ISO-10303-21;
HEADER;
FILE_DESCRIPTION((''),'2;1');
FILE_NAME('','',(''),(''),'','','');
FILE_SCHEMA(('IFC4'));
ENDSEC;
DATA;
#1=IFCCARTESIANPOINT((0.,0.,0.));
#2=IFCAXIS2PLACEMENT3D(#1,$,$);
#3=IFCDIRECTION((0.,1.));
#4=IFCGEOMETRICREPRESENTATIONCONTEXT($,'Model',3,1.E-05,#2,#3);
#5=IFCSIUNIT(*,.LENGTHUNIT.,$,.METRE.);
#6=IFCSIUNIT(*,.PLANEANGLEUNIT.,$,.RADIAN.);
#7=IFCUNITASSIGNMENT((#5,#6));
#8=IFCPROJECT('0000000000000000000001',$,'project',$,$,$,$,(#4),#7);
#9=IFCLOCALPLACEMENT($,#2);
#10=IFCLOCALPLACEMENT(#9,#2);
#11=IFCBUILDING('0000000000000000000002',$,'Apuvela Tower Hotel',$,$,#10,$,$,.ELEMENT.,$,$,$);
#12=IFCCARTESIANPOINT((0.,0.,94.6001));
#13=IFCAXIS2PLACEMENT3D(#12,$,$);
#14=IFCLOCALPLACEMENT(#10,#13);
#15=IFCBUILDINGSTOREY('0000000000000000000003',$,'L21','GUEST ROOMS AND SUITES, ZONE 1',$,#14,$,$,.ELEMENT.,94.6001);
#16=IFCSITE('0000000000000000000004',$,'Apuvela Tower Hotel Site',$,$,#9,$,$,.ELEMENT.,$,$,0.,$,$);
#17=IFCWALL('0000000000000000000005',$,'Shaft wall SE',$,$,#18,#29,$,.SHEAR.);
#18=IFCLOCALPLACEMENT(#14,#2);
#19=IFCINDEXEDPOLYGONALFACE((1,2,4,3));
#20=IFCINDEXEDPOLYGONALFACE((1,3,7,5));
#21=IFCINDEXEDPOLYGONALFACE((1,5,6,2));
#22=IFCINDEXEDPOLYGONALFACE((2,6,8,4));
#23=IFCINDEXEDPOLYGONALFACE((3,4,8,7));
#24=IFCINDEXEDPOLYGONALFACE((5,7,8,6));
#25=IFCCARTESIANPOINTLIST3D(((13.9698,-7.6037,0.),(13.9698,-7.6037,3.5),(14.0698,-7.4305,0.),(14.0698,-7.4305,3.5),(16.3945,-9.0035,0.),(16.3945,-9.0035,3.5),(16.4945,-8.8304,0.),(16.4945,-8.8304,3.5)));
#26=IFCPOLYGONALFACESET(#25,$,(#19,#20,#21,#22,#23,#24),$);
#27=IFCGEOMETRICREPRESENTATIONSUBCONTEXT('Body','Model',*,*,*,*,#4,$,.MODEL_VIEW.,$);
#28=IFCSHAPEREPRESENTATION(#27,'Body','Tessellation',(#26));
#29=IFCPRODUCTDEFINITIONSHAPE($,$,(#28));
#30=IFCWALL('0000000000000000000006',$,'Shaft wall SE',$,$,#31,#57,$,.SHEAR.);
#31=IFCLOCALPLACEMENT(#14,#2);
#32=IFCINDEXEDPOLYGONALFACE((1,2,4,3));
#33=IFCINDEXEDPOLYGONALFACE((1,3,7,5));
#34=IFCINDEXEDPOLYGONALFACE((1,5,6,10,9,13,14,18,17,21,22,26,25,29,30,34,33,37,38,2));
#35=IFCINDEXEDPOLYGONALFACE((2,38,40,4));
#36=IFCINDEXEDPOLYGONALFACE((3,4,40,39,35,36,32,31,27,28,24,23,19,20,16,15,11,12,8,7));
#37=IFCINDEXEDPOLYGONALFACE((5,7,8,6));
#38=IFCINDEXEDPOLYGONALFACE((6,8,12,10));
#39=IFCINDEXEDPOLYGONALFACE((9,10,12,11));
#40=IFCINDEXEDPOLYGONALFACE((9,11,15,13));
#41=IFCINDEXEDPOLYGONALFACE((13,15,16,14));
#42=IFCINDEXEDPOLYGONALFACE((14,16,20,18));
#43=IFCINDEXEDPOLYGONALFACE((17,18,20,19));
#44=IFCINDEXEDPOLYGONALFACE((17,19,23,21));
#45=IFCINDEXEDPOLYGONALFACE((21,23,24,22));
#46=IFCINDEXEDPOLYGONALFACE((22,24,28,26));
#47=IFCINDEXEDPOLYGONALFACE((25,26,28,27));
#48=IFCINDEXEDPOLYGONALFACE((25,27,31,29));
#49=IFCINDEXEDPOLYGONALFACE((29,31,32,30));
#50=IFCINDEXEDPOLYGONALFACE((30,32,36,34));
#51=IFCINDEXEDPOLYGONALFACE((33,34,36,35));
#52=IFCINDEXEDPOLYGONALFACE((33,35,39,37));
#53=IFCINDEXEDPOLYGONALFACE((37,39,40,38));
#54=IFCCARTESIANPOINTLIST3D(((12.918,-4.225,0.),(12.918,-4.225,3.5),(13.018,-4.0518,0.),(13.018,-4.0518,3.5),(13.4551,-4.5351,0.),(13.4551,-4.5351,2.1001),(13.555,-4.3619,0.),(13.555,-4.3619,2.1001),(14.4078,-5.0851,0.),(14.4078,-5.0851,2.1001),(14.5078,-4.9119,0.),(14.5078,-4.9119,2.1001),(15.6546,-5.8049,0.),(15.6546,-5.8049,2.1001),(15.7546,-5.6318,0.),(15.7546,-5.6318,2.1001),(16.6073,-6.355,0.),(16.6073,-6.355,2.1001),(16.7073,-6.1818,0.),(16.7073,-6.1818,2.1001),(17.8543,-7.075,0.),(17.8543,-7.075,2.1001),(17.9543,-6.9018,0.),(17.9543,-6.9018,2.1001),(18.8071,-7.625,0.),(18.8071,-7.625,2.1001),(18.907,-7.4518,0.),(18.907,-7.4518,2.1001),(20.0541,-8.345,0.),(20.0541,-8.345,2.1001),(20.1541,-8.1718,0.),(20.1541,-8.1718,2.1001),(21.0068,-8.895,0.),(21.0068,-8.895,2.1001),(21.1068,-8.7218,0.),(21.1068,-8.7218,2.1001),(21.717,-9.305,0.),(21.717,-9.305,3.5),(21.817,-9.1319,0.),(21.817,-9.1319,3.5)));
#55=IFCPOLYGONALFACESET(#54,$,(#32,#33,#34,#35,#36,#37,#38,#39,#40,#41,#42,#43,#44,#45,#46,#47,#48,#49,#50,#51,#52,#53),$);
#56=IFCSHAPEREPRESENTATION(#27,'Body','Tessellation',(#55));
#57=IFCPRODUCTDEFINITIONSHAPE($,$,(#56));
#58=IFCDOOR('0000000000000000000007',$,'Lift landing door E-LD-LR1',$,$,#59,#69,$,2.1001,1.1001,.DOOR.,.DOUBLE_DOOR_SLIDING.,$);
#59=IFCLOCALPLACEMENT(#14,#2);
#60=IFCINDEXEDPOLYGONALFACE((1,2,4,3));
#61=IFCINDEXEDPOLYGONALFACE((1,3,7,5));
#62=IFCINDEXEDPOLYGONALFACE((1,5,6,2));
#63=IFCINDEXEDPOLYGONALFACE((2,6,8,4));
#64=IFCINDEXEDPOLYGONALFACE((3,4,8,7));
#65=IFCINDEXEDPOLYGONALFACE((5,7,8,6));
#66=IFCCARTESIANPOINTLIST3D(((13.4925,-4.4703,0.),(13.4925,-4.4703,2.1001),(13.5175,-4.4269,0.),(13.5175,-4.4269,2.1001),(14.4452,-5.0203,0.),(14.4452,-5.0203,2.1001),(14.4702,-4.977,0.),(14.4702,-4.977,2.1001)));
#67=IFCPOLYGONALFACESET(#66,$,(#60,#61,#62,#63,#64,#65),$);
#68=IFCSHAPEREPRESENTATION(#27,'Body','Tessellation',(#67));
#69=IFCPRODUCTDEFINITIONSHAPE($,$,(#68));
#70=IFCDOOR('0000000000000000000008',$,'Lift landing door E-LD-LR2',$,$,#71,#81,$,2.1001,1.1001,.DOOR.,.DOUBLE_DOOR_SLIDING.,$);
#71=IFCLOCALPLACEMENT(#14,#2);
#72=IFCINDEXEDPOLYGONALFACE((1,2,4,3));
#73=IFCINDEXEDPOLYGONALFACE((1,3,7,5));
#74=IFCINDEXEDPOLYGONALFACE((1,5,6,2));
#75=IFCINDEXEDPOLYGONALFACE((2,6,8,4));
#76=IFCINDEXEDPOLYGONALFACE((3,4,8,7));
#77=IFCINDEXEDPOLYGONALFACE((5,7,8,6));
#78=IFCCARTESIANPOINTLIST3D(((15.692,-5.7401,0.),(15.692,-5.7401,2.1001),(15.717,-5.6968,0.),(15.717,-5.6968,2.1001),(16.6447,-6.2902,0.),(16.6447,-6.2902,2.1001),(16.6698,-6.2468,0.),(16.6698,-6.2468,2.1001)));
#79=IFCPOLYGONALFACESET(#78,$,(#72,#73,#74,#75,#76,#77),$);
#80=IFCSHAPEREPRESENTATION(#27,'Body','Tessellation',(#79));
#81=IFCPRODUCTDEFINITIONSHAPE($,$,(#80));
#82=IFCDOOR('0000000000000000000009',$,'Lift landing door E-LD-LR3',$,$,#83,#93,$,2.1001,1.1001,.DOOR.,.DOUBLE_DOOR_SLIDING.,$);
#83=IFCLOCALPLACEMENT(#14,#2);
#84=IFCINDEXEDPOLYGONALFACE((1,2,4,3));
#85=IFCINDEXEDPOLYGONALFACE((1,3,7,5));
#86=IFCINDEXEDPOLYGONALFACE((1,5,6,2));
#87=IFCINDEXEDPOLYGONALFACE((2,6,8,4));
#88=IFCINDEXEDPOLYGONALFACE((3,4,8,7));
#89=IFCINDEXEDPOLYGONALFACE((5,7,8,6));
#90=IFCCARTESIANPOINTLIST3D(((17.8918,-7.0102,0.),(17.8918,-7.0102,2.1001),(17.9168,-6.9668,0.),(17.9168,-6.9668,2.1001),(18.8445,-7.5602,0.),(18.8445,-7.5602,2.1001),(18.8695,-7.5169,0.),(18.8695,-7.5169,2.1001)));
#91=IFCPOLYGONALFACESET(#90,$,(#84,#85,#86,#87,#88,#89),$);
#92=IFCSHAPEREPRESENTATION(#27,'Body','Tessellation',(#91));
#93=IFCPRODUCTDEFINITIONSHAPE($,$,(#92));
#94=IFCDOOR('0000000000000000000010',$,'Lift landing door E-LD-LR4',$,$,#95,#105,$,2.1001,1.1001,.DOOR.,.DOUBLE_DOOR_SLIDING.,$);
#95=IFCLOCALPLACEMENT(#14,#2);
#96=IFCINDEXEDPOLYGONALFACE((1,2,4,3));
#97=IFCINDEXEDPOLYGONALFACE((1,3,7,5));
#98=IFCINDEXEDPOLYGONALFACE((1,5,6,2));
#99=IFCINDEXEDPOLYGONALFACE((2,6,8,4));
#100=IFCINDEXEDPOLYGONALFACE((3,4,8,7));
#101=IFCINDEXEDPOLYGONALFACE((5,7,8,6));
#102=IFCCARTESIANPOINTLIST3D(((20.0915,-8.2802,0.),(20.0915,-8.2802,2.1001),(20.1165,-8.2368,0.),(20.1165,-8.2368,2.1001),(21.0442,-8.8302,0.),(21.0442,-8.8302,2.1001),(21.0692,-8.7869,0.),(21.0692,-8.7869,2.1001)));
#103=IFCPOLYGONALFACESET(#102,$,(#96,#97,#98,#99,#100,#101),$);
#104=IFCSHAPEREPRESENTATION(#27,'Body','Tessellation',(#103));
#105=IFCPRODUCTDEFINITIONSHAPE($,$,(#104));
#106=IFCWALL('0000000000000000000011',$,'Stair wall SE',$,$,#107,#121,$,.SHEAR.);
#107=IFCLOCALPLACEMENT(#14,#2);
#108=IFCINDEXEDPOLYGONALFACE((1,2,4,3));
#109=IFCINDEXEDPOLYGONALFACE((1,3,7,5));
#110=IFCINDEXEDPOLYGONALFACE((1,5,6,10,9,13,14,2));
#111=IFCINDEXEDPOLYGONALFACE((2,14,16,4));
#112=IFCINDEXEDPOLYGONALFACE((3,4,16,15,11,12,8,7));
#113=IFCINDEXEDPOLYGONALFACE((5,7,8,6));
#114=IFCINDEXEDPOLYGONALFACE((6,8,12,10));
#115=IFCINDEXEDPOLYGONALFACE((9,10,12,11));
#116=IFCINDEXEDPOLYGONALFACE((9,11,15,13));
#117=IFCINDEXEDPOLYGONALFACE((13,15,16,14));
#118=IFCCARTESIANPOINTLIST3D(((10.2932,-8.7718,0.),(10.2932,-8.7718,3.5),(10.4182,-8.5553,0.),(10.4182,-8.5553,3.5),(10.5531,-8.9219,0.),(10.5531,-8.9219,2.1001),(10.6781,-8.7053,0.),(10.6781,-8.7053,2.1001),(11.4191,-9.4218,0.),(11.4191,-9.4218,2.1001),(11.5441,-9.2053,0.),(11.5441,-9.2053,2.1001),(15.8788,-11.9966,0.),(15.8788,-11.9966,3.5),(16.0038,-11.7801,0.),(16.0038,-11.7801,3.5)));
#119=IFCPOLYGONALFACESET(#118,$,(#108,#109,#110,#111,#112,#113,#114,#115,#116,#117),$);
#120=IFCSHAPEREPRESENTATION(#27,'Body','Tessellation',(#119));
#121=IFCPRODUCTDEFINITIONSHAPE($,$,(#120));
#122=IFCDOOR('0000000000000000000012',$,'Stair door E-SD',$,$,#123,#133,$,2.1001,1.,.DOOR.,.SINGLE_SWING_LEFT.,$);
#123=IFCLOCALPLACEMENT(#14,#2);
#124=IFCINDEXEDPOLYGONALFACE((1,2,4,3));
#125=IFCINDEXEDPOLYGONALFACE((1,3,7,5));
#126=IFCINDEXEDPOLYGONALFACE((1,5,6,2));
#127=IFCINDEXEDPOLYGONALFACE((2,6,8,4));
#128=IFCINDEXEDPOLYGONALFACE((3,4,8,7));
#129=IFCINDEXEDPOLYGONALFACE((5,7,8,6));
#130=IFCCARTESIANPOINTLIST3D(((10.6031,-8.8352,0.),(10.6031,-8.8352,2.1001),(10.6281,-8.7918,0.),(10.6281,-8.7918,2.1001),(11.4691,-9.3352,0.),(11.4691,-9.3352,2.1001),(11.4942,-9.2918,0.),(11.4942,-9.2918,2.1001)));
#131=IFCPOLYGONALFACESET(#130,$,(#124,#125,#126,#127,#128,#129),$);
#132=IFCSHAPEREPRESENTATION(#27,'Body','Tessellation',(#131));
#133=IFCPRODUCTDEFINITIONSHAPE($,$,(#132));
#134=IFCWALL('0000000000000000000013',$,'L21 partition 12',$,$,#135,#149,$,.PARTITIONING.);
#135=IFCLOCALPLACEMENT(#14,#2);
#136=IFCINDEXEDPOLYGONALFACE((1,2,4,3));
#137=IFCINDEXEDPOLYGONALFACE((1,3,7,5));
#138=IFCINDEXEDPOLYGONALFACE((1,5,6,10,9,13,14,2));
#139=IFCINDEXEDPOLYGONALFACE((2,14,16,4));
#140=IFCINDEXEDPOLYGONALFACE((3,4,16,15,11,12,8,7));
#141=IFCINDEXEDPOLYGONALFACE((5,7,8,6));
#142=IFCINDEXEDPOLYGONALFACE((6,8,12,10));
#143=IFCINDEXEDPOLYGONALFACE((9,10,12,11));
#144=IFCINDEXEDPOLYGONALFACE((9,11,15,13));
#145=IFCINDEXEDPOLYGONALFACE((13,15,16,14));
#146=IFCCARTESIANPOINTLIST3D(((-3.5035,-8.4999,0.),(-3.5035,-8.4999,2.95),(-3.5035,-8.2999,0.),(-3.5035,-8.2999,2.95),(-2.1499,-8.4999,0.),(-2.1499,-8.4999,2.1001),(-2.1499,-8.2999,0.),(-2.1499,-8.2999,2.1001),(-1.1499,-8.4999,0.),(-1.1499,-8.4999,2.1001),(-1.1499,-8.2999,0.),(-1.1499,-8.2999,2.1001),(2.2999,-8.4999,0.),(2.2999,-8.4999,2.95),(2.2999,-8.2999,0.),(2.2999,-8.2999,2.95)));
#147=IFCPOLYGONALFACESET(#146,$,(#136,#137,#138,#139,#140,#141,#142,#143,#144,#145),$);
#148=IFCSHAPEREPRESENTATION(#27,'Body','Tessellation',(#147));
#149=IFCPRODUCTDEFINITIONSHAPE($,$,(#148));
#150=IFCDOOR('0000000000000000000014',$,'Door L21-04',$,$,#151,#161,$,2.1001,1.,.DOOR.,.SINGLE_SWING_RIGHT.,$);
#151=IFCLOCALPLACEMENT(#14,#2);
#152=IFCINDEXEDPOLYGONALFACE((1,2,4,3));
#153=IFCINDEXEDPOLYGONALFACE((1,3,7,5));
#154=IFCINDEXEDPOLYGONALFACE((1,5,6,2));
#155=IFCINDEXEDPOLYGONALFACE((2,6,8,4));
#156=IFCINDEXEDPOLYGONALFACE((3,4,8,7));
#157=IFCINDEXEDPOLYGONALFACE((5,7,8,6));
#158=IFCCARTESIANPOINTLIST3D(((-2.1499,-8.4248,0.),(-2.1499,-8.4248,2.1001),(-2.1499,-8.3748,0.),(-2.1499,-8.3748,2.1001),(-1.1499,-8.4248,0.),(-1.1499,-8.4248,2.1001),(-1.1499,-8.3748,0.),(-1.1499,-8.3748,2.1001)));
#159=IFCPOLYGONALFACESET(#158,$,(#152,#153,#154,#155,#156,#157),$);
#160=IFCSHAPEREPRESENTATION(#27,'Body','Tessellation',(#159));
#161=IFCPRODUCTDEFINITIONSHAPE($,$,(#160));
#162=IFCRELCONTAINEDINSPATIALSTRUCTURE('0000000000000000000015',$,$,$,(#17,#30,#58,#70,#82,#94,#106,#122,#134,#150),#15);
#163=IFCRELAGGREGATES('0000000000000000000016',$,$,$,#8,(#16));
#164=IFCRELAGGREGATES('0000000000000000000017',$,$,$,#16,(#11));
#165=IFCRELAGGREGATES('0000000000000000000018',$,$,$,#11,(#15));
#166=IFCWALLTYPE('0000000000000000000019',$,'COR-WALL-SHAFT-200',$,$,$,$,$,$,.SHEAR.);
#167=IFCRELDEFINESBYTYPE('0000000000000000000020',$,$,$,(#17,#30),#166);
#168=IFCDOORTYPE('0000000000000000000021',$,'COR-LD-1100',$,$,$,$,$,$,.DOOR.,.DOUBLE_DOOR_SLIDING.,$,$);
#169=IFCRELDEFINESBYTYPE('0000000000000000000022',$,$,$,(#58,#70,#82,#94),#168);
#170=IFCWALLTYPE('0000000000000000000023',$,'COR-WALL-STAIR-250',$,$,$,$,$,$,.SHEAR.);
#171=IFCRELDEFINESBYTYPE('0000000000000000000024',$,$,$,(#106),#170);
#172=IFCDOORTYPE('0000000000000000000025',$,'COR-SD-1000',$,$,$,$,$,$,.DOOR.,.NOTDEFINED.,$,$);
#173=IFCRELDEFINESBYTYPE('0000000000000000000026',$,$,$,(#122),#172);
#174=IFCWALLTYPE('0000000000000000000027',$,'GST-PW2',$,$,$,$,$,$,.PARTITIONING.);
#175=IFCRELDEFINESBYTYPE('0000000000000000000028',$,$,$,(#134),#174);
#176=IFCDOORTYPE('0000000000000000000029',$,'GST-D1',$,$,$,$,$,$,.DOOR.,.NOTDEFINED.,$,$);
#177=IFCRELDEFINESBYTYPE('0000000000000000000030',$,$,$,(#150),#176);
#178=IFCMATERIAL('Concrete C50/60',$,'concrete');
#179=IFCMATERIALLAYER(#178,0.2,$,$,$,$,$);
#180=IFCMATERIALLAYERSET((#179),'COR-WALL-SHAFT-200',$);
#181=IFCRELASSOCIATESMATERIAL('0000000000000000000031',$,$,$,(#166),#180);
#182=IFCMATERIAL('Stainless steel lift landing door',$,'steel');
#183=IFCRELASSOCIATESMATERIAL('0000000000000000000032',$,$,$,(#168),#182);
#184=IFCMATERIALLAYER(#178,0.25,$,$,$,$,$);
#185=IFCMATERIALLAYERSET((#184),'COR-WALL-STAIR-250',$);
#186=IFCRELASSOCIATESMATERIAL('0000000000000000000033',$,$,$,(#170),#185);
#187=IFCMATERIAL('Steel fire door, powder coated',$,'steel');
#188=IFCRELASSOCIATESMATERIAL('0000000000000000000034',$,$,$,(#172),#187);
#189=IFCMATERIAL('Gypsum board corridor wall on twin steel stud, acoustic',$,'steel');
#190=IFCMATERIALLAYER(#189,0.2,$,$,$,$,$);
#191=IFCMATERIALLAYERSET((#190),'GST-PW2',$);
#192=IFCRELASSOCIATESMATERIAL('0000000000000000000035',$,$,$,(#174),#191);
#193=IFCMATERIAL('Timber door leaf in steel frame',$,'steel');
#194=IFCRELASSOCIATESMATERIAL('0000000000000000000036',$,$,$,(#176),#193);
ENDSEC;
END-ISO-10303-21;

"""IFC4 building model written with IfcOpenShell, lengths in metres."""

from ifc_helpers import new_model, si_unit, direction, frame, frame_2d, origin, place, context, subcontext, project, spatial, rectangle, extrude, material, layer, layer_set, type_object, element, fill, save


model = new_model("IFC4")

# Units and contexts
model_context = context("Model", 3, precision=1e-05, world=origin(), true_north=direction((0.0, 1.0)))
body_context = subcontext(model_context, "Body", "Model", "MODEL_VIEW")
ifc_project = project(units=[si_unit("LENGTHUNIT", "METRE"), si_unit("PLANEANGLEUNIT", "RADIAN")], contexts=[model_context])

# Site, building, storey
site_placement = place(None, origin())
site = spatial("IfcSite", under=ifc_project, at=site_placement, Name="Apuvela Tower Hotel Site", CompositionType="ELEMENT", RefElevation=0.0)
building_placement = place(site_placement, origin())
building = spatial("IfcBuilding", under=site, at=building_placement, Name="Apuvela Tower Hotel", CompositionType="ELEMENT")
storey_placement = place(building_placement, frame((0.0, 0.0, 94.6001)))
storey = spatial("IfcBuildingStorey", under=building, at=storey_placement, Name="L21", Description="GUEST ROOMS AND SUITES, ZONE 1", CompositionType="ELEMENT", Elevation=94.6001)

# Shared definitions
ifc_material_1 = material(Name="Concrete C50/60", Category="concrete")
ifc_material_2 = material(Name="Steel fire door, powder coated", Category="steel")

# Shared definitions
ifc_layer_1 = layer(ifc_material_1, 0.2)
ifc_layer_set_1 = layer_set([ifc_layer_1], Name="COR-WALL-SHAFT-200")
wall_type_1 = type_object("IfcWallType", Name="COR-WALL-SHAFT-200", PredefinedType="SHEAR", material=ifc_layer_set_1)
ifc_material_3 = material(Name="Stainless steel lift landing door", Category="steel")

# Wall
wall_1_placement = place(storey_placement, frame((14.0198, -7.5171, 0.0), z_axis=(0.0, 0.0, 1.0), x_axis=(0.866035, -0.499984, 0.0)))
element("IfcWall", 1, at=wall_1_placement, inside=storey, type_object=wall_type_1, Name="Shaft wall SE", PredefinedType="SHEAR", context=body_context, shape_type="SweptSolid", body=[
    extrude(rectangle(XDim=2.7998, YDim=0.2, at=frame_2d((1.3999, 0.0))), origin(), (0.0, 0.0, 1.0), 3.5),
])

# Wall, openings, doors
wall_2_placement = place(storey_placement, frame((12.968, -4.1384, 0.0), z_axis=(0.0, 0.0, 1.0), x_axis=(0.866028, -0.499995, 0.0)))
wall_2 = element("IfcWall", 2, at=wall_2_placement, inside=storey, type_object=wall_type_1, Name="Shaft wall SE", PredefinedType="SHEAR", context=body_context, shape_type="SweptSolid", body=[
    extrude(rectangle(XDim=10.1602, YDim=0.2, at=frame_2d((5.0801, 0.0))), origin(), (0.0, 0.0, 1.0), 3.5),
])
opening_1_placement = place(wall_2_placement, frame((0.6201, 0.0, 0.0)))
opening_1 = element("IfcOpeningElement", 3, at=opening_1_placement, cuts=wall_2, PredefinedType="OPENING", context=body_context, shape_type="SweptSolid", body=[
    extrude(rectangle(XDim=1.1001, YDim=2.1001, at=frame_2d((0.55, 1.05))), frame((0.0, 0.1099, 0.0), z_axis=(0.0, -1.0, 0.0), x_axis=(1.0, 0.0, 0.0)), (0.0, 0.0, 1.0), 0.22),
])
opening_2_placement = place(wall_2_placement, frame((3.1599, 0.0, 0.0)))
opening_2 = element("IfcOpeningElement", 4, at=opening_2_placement, cuts=wall_2, PredefinedType="OPENING", context=body_context, shape_type="SweptSolid", body=[
    extrude(rectangle(XDim=1.1001, YDim=2.1001, at=frame_2d((0.55, 1.05))), frame((0.0, 0.1099, 0.0), z_axis=(0.0, -1.0, 0.0), x_axis=(1.0, 0.0, 0.0)), (0.0, 0.0, 1.0), 0.22),
])
opening_3_placement = place(wall_2_placement, frame((5.7, 0.0, 0.0)))
opening_3 = element("IfcOpeningElement", 5, at=opening_3_placement, cuts=wall_2, PredefinedType="OPENING", context=body_context, shape_type="SweptSolid", body=[
    extrude(rectangle(XDim=1.1001, YDim=2.1001, at=frame_2d((0.55, 1.05))), frame((0.0, 0.1099, 0.0), z_axis=(0.0, -1.0, 0.0), x_axis=(1.0, 0.0, 0.0)), (0.0, 0.0, 1.0), 0.22),
])
opening_4_placement = place(wall_2_placement, frame((8.24, 0.0, 0.0)))
opening_4 = element("IfcOpeningElement", 6, at=opening_4_placement, cuts=wall_2, PredefinedType="OPENING", context=body_context, shape_type="SweptSolid", body=[
    extrude(rectangle(XDim=1.1001, YDim=2.1001, at=frame_2d((0.55, 1.05))), frame((0.0, 0.1099, 0.0), z_axis=(0.0, -1.0, 0.0), x_axis=(1.0, 0.0, 0.0)), (0.0, 0.0, 1.0), 0.22),
])
door_type_1 = type_object("IfcDoorType", Name="COR-LD-1100", OperationType="DOUBLE_DOOR_SLIDING", PredefinedType="DOOR", material=ifc_material_3)
door_1_placement = place(opening_1_placement, origin())
door_1 = element("IfcDoor", 7, at=door_1_placement, inside=storey, type_object=door_type_1, Name="Lift landing door E-LD-LR1", OperationType="DOUBLE_DOOR_SLIDING", OverallHeight=2.1001, OverallWidth=1.1001, PredefinedType="DOOR", context=body_context, shape_type="SweptSolid", body=[
    extrude(rectangle(XDim=1.1001, YDim=2.1001, at=frame_2d((0.55, 1.05))), frame((0.0, 0.0249, 0.0), z_axis=(0.0, -1.0, 0.0), x_axis=(1.0, 0.0, 0.0)), (0.0, 0.0, 1.0), 0.05),
])
fill(opening_1, door_1)
door_2_placement = place(opening_2_placement, origin())
door_2 = element("IfcDoor", 8, at=door_2_placement, inside=storey, type_object=door_type_1, Name="Lift landing door E-LD-LR2", OperationType="DOUBLE_DOOR_SLIDING", OverallHeight=2.1001, OverallWidth=1.1001, PredefinedType="DOOR", context=body_context, shape_type="SweptSolid", body=[
    extrude(rectangle(XDim=1.1001, YDim=2.1001, at=frame_2d((0.55, 1.05))), frame((0.0, 0.0249, 0.0), z_axis=(0.0, -1.0, 0.0), x_axis=(1.0, 0.0, 0.0)), (0.0, 0.0, 1.0), 0.05),
])
fill(opening_2, door_2)
door_3_placement = place(opening_3_placement, origin())
door_3 = element("IfcDoor", 9, at=door_3_placement, inside=storey, type_object=door_type_1, Name="Lift landing door E-LD-LR3", OperationType="DOUBLE_DOOR_SLIDING", OverallHeight=2.1001, OverallWidth=1.1001, PredefinedType="DOOR", context=body_context, shape_type="SweptSolid", body=[
    extrude(rectangle(XDim=1.1001, YDim=2.1001, at=frame_2d((0.55, 1.05))), frame((0.0, 0.0249, 0.0), z_axis=(0.0, -1.0, 0.0), x_axis=(1.0, 0.0, 0.0)), (0.0, 0.0, 1.0), 0.05),
])
fill(opening_3, door_3)
door_4_placement = place(opening_4_placement, origin())
door_4 = element("IfcDoor", 10, at=door_4_placement, inside=storey, type_object=door_type_1, Name="Lift landing door E-LD-LR4", OperationType="DOUBLE_DOOR_SLIDING", OverallHeight=2.1001, OverallWidth=1.1001, PredefinedType="DOOR", context=body_context, shape_type="SweptSolid", body=[
    extrude(rectangle(XDim=1.1001, YDim=2.1001, at=frame_2d((0.55, 1.05))), frame((0.0, 0.0249, 0.0), z_axis=(0.0, -1.0, 0.0), x_axis=(1.0, 0.0, 0.0)), (0.0, 0.0, 1.0), 0.05),
])
fill(opening_4, door_4)

# Walls, openings, doors
ifc_layer_2 = layer(ifc_material_1, 0.25)
ifc_layer_set_2 = layer_set([ifc_layer_2], Name="COR-WALL-STAIR-250")
wall_type_2 = type_object("IfcWallType", Name="COR-WALL-STAIR-250", PredefinedType="SHEAR", material=ifc_layer_set_2)
wall_3_placement = place(storey_placement, frame((10.3557, -8.6636, 0.0), z_axis=(0.0, 0.0, 1.0), x_axis=(0.866029, -0.499994, 0.0)))
wall_3 = element("IfcWall", 11, at=wall_3_placement, inside=storey, type_object=wall_type_2, Name="Stair wall SE", PredefinedType="SHEAR", context=body_context, shape_type="SweptSolid", body=[
    extrude(rectangle(XDim=6.4497, YDim=0.25, at=frame_2d((3.2249, 0.0))), origin(), (0.0, 0.0, 1.0), 3.5),
])
opening_5_placement = place(wall_3_placement, frame((0.3, 0.0, 0.0)))
opening_5 = element("IfcOpeningElement", 12, at=opening_5_placement, cuts=wall_3, PredefinedType="OPENING", context=body_context, shape_type="SweptSolid", body=[
    extrude(rectangle(XDim=1.0, YDim=2.1001, at=frame_2d((0.5, 1.05))), frame((0.0, 0.135, 0.0), z_axis=(0.0, -1.0, 0.0), x_axis=(1.0, 0.0, 0.0)), (0.0, 0.0, 1.0), 0.27),
])
door_type_2 = type_object("IfcDoorType", Name="COR-SD-1000", OperationType="NOTDEFINED", PredefinedType="DOOR", material=ifc_material_2)
door_5_placement = place(opening_5_placement, frame((1.0, 0.0, 0.0), z_axis=(0.0, 0.0, 1.0), x_axis=(-1.0, 0.0, 0.0)))
door_5 = element("IfcDoor", 13, at=door_5_placement, inside=storey, type_object=door_type_2, Name="Stair door E-SD", OperationType="SINGLE_SWING_LEFT", OverallHeight=2.1001, OverallWidth=1.0, PredefinedType="DOOR", context=body_context, shape_type="SweptSolid", body=[
    extrude(rectangle(XDim=1.0, YDim=2.1001, at=frame_2d((0.5, 1.05))), frame((0.0, 0.0249, 0.0), z_axis=(0.0, -1.0, 0.0), x_axis=(1.0, 0.0, 0.0)), (0.0, 0.0, 1.0), 0.05),
])
fill(opening_5, door_5)
ifc_material_4 = material(Name="Gypsum board corridor wall on twin steel stud, acoustic", Category="steel")
ifc_layer_3 = layer(ifc_material_4, 0.2)
ifc_layer_set_3 = layer_set([ifc_layer_3], Name="GST-PW2")
wall_type_3 = type_object("IfcWallType", Name="GST-PW2", PredefinedType="PARTITIONING", material=ifc_layer_set_3)
wall_4_placement = place(storey_placement, frame((2.3, -8.3999, 0.0), z_axis=(0.0, 0.0, 1.0), x_axis=(-1.0, 0.0, 0.0)))
wall_4 = element("IfcWall", 14, at=wall_4_placement, inside=storey, type_object=wall_type_3, Name="L21 partition 12", PredefinedType="PARTITIONING", context=body_context, shape_type="SweptSolid", body=[
    extrude(rectangle(XDim=5.8035, YDim=0.2, at=frame_2d((2.9019, 0.0))), origin(), (0.0, 0.0, 1.0), 2.95),
])
opening_6_placement = place(wall_4_placement, frame((3.45, 0.0, 0.0)))
opening_6 = element("IfcOpeningElement", 15, at=opening_6_placement, cuts=wall_4, PredefinedType="OPENING", context=body_context, shape_type="SweptSolid", body=[
    extrude(rectangle(XDim=1.0, YDim=2.1001, at=frame_2d((0.5, 1.05))), frame((0.0, 0.1099, 0.0), z_axis=(0.0, -1.0, 0.0), x_axis=(1.0, 0.0, 0.0)), (0.0, 0.0, 1.0), 0.22),
])
ifc_material_5 = material(Name="Timber door leaf in steel frame", Category="steel")
door_type_3 = type_object("IfcDoorType", Name="GST-D1", OperationType="NOTDEFINED", PredefinedType="DOOR", material=ifc_material_5)
door_6_placement = place(opening_6_placement, origin())
door_6 = element("IfcDoor", 16, at=door_6_placement, inside=storey, type_object=door_type_3, Name="Door L21-04", OperationType="SINGLE_SWING_RIGHT", OverallHeight=2.1001, OverallWidth=1.0, PredefinedType="DOOR", context=body_context, shape_type="SweptSolid", body=[
    extrude(rectangle(XDim=1.0, YDim=2.1001, at=frame_2d((0.5, 1.05))), frame((0.0, 0.0249, 0.0), z_axis=(0.0, -1.0, 0.0), x_axis=(1.0, 0.0, 0.0)), (0.0, 0.0, 1.0), 0.05),
])
fill(opening_6, door_6)

save(model, "model.ifc")
